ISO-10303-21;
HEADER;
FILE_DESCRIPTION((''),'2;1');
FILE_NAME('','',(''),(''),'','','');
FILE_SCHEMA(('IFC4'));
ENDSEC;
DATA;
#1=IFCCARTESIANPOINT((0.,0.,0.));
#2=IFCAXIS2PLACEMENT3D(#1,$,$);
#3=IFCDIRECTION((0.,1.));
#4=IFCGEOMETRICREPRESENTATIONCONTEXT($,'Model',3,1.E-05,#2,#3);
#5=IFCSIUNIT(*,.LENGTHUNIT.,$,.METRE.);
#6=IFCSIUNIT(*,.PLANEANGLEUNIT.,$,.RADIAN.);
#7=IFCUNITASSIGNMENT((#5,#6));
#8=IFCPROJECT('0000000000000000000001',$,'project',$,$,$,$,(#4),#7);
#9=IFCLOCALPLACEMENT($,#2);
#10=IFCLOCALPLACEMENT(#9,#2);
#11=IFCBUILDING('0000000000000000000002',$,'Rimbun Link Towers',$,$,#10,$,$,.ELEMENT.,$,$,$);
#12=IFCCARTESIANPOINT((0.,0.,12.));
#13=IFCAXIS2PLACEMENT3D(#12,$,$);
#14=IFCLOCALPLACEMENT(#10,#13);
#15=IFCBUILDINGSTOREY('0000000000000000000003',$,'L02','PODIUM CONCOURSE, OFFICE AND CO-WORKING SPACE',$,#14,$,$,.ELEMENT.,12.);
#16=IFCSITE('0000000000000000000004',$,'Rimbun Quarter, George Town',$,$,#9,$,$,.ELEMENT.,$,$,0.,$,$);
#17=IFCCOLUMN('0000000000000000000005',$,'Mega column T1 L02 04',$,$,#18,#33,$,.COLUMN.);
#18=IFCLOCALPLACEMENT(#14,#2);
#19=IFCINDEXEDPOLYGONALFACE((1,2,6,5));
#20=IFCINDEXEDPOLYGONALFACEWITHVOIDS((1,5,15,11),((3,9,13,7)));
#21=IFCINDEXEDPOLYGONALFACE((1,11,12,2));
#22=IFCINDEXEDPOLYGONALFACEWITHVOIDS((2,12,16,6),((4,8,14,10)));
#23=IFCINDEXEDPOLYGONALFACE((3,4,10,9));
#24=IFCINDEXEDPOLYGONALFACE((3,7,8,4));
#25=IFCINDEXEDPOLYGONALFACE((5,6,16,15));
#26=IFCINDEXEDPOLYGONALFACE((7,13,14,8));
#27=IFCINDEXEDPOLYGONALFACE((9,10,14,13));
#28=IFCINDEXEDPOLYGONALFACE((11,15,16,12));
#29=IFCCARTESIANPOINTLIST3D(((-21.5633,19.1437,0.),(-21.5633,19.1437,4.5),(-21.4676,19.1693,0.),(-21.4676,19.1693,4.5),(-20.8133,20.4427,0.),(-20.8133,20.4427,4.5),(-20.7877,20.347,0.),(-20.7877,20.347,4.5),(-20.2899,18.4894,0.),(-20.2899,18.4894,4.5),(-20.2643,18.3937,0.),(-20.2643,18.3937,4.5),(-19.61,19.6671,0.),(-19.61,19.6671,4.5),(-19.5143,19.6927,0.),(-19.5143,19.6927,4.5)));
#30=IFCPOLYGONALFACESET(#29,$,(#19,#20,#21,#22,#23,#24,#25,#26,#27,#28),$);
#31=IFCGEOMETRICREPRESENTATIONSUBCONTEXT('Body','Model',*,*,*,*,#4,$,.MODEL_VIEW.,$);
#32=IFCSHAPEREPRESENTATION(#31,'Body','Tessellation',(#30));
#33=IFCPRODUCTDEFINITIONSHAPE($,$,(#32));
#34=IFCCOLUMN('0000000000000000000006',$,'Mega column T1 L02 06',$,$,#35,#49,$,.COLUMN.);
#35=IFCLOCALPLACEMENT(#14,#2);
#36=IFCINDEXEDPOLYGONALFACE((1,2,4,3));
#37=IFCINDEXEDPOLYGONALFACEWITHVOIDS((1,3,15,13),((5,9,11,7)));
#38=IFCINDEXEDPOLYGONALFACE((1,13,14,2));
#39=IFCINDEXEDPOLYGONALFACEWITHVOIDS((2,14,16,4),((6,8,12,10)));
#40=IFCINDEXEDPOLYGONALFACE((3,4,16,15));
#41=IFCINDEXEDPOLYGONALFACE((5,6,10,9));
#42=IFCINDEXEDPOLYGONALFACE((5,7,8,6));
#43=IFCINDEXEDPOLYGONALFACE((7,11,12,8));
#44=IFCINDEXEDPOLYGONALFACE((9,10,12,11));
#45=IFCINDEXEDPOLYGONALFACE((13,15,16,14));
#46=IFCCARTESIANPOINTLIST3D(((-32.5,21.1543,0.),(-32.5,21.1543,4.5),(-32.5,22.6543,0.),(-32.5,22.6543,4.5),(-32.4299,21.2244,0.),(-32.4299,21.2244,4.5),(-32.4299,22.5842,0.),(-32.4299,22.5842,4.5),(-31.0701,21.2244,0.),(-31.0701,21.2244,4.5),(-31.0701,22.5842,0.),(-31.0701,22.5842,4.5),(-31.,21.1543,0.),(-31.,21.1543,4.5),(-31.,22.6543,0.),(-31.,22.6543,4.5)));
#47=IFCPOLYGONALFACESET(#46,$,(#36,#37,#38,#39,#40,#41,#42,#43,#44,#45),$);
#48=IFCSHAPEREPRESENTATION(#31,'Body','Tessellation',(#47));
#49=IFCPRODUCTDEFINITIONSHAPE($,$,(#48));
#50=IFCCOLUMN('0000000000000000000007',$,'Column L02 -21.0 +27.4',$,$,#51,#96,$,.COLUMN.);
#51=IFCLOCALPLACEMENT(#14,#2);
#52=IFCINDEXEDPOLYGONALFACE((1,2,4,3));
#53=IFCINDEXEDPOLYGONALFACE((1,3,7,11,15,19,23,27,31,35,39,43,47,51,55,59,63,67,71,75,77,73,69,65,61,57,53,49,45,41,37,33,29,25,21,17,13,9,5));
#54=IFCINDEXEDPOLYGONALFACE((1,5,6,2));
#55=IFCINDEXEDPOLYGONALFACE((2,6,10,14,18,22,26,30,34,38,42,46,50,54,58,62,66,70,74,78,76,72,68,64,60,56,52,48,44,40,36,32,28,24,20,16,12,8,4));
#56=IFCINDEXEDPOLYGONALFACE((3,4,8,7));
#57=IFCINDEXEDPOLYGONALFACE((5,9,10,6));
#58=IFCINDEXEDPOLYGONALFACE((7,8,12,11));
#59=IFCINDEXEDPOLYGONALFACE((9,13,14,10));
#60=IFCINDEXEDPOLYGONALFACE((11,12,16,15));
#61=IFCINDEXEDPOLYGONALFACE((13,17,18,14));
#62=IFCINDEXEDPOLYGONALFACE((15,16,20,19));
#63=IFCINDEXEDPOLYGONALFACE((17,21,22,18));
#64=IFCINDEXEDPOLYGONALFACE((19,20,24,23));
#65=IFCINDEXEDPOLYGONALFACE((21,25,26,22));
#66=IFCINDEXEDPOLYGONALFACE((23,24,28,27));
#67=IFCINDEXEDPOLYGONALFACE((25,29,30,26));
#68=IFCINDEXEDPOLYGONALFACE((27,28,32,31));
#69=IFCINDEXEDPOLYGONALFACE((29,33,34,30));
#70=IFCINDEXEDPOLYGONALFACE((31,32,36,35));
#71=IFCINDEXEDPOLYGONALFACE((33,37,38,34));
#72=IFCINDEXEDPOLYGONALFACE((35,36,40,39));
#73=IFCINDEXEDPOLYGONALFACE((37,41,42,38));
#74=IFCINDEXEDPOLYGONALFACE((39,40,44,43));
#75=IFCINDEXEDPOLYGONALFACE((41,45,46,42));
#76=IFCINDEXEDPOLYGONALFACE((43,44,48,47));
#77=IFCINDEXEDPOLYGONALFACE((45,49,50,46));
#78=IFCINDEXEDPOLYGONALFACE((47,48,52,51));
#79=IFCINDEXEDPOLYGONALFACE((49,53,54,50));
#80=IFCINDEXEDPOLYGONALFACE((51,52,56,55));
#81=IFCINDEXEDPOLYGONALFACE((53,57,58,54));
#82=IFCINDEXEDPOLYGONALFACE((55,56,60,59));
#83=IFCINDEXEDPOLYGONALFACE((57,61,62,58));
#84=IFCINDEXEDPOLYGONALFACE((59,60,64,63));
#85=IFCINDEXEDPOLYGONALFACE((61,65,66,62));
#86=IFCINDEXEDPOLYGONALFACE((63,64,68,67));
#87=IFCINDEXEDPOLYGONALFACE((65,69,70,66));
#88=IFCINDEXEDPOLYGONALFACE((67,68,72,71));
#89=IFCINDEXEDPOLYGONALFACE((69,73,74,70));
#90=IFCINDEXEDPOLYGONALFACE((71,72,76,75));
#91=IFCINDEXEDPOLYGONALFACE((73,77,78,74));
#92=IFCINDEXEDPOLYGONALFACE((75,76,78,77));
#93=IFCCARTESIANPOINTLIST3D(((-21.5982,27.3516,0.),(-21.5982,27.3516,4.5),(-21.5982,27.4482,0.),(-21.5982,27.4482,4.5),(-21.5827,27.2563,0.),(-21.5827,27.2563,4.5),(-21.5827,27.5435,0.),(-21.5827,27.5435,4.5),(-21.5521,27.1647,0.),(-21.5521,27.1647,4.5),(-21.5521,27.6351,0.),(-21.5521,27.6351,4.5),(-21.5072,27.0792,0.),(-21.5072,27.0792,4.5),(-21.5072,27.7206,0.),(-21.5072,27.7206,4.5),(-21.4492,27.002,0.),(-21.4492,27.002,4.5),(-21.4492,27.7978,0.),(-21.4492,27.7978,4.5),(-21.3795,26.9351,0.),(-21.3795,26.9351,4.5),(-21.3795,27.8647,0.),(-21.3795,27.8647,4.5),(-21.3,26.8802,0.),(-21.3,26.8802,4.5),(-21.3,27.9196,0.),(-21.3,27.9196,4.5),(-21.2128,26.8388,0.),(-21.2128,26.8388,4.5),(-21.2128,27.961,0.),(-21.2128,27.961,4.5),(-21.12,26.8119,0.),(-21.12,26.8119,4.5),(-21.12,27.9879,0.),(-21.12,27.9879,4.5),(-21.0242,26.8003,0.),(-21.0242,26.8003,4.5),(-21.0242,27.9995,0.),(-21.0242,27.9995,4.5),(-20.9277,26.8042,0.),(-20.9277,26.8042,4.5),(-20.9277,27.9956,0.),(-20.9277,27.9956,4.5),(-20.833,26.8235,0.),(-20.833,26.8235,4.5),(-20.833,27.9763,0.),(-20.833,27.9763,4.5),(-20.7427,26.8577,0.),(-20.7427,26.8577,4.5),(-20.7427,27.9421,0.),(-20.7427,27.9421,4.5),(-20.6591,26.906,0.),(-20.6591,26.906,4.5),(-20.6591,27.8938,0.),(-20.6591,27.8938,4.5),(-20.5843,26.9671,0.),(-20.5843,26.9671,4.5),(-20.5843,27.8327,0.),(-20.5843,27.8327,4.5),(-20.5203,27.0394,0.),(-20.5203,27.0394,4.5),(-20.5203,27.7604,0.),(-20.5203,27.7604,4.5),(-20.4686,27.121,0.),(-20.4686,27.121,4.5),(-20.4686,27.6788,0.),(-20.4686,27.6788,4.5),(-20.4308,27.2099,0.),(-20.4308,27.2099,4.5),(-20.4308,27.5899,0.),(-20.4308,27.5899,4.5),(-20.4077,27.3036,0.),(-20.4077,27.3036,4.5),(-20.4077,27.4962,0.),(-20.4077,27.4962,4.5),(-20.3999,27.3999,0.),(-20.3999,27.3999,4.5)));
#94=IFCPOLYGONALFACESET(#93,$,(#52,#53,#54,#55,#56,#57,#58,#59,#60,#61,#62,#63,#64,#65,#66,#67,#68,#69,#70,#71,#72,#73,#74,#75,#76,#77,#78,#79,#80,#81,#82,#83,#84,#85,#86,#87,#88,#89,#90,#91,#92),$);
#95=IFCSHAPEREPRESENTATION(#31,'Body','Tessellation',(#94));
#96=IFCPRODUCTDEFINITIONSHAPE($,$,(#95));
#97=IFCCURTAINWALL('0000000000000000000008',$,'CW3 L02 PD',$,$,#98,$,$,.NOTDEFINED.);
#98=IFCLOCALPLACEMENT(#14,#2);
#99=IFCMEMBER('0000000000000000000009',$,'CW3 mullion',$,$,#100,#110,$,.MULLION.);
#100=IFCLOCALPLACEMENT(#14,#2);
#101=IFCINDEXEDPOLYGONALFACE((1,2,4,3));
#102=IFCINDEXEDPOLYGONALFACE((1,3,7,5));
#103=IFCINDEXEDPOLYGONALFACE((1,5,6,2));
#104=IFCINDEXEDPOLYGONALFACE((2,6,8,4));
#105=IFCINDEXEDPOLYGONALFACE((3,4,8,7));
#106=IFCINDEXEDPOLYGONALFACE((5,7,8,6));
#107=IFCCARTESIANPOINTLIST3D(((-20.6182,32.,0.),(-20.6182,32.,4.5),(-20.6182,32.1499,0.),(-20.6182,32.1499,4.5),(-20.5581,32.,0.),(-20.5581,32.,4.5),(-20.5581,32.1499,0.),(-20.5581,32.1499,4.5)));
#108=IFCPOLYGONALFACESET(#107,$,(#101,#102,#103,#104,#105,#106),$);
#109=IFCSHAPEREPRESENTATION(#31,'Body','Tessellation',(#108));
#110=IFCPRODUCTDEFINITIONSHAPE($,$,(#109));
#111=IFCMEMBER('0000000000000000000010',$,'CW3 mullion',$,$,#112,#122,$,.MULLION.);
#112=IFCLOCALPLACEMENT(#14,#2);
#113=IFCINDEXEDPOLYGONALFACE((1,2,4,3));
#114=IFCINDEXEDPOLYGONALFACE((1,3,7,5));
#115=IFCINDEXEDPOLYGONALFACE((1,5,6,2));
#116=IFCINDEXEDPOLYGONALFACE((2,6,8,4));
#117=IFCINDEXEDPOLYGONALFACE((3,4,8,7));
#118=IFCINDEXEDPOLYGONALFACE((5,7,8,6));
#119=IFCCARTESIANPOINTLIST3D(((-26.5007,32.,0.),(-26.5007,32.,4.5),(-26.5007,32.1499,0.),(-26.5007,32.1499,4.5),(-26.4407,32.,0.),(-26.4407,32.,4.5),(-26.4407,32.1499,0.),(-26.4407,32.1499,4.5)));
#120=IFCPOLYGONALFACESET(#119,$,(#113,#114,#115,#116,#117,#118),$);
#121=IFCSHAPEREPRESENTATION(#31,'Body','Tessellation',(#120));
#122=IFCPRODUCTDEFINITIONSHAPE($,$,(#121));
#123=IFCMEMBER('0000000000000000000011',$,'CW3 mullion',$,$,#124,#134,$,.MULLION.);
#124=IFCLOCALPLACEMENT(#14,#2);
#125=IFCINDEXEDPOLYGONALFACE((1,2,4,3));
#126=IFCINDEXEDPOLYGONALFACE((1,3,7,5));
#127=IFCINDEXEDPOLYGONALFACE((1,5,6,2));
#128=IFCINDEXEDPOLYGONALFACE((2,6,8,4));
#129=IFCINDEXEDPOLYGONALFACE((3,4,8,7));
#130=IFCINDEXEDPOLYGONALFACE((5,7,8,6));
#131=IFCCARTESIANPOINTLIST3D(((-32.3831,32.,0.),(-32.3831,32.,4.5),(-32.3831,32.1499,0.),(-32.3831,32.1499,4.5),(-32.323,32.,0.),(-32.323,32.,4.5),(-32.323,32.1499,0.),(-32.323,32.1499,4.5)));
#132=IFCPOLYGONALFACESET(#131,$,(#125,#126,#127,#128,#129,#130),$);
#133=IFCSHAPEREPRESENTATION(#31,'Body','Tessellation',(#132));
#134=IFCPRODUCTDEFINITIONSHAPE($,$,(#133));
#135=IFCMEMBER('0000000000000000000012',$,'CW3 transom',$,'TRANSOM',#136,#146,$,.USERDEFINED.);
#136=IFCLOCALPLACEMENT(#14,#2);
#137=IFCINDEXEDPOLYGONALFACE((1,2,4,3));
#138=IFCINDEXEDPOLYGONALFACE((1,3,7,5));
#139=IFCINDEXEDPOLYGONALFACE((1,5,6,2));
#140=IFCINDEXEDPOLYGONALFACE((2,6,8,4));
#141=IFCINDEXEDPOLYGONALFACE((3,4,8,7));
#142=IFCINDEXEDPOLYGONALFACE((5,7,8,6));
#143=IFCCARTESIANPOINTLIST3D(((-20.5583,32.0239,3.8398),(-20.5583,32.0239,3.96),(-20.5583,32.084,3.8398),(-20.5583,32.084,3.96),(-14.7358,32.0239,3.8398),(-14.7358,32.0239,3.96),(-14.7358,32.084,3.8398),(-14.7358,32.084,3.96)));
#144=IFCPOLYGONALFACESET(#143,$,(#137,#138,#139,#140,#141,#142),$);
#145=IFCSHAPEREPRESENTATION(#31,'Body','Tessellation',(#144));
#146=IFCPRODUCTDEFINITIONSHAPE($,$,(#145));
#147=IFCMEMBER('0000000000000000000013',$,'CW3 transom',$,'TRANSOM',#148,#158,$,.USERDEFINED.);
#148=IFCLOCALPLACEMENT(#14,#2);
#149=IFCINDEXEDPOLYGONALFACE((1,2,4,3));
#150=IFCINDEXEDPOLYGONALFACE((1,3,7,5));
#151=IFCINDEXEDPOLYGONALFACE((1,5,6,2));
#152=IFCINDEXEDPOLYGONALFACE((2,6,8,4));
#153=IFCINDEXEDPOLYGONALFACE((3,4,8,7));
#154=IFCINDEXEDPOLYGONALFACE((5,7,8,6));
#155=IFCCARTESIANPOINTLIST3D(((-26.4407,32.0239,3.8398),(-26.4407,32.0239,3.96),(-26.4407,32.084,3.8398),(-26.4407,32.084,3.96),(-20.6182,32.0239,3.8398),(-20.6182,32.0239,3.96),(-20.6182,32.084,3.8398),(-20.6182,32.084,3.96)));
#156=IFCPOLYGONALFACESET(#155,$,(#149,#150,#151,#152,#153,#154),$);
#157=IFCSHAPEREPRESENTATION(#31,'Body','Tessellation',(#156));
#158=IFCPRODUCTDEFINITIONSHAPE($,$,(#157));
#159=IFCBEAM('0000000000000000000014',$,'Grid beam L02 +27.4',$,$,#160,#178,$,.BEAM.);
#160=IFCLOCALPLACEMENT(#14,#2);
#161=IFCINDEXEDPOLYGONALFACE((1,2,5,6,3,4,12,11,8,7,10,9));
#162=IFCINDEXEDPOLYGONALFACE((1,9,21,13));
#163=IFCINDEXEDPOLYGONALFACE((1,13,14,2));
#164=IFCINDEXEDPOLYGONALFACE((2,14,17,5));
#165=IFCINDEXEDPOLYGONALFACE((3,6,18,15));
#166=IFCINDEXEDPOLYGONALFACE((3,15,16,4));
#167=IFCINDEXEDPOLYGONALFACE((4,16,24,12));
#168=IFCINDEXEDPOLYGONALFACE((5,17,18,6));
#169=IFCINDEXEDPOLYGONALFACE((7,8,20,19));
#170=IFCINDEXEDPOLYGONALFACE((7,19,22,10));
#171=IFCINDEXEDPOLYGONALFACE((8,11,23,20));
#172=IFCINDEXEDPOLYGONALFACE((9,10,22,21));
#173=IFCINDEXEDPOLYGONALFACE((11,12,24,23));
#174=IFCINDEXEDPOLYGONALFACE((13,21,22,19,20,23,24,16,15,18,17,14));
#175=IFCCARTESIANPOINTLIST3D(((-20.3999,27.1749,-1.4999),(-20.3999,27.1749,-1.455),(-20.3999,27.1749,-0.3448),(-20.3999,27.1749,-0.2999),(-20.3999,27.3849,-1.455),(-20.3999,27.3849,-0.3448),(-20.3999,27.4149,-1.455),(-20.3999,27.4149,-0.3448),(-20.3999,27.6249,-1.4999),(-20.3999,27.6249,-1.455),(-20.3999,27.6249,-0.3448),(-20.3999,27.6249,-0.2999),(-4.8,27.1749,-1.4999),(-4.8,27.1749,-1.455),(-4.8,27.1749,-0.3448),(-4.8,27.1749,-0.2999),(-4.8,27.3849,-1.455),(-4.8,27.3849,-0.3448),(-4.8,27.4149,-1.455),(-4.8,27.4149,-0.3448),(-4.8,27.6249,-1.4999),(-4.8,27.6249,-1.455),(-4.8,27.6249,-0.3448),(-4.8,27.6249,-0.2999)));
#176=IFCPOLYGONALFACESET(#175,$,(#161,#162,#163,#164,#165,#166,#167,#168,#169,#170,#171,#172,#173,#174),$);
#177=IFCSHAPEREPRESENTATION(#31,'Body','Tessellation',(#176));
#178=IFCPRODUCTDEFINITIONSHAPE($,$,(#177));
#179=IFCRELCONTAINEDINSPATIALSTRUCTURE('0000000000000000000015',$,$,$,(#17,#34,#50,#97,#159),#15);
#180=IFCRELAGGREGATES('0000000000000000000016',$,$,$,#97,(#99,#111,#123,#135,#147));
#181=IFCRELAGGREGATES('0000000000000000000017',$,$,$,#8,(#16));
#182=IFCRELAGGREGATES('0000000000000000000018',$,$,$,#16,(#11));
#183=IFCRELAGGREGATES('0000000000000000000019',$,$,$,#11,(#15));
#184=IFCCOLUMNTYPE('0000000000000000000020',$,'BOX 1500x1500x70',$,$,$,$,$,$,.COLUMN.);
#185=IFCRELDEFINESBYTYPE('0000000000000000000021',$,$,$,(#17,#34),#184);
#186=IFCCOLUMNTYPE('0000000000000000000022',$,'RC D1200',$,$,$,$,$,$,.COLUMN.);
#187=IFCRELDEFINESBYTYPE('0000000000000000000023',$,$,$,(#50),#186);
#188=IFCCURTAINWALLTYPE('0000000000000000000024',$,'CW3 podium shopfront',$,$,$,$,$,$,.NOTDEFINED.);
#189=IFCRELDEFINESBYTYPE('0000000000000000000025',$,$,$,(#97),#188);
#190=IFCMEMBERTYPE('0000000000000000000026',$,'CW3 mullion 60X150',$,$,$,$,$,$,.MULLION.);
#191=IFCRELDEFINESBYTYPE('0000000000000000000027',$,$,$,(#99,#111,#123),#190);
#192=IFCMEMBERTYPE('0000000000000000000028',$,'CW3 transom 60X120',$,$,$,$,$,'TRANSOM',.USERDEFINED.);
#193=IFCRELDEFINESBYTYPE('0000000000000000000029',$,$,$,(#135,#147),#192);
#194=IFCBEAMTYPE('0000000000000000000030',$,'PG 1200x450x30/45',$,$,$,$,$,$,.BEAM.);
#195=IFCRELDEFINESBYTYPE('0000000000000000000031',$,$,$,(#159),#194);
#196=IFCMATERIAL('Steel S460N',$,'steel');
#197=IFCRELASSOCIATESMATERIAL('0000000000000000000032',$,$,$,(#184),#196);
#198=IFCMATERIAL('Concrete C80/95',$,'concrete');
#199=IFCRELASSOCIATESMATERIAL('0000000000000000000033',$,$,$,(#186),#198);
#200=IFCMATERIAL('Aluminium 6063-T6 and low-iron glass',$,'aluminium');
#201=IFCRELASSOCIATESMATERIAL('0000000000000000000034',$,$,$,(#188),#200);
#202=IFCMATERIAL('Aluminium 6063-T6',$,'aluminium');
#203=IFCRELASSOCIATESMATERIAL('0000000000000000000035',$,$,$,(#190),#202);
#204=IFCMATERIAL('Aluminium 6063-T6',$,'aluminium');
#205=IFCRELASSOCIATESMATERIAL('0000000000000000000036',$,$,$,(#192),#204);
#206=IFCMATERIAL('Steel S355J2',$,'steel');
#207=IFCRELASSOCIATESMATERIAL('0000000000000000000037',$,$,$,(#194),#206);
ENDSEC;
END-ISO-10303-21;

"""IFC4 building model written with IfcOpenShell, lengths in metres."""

from ifc_helpers import new_model, si_unit, direction, frame, origin, origin_2d, place, context, subcontext, project, spatial, rectangle, hollow_rectangle, circle, i_section, extrude, material, material_profile, profile_set, type_object, element, aggregate, save


model = new_model("IFC4")

# Units and contexts
model_context = context("Model", 3, precision=1e-05, world=origin(), true_north=direction((0.0, 1.0)))
body_context = subcontext(model_context, "Body", "Model", "MODEL_VIEW")
ifc_project = project(units=[si_unit("LENGTHUNIT", "METRE"), si_unit("PLANEANGLEUNIT", "RADIAN")], contexts=[model_context])

# Site, building, storey
site_placement = place(None, origin())
site = spatial("IfcSite", under=ifc_project, at=site_placement, Name="Rimbun Quarter, George Town", CompositionType="ELEMENT", RefElevation=0.0)
building_placement = place(site_placement, origin())
building = spatial("IfcBuilding", under=site, at=building_placement, Name="Rimbun Link Towers", CompositionType="ELEMENT")
storey_placement = place(building_placement, frame((0.0, 0.0, 12.0)))
storey = spatial("IfcBuildingStorey", under=building, at=storey_placement, Name="L02", Description="PODIUM CONCOURSE, OFFICE AND CO-WORKING SPACE", CompositionType="ELEMENT", Elevation=12.0)

# Columns
ifc_material_1 = material(Name="Steel S460N", Category="steel")
ifc_material_profile_1 = material_profile(ifc_material_1, hollow_rectangle(XDim=1.5, YDim=1.5, WallThickness=0.0701, at=origin_2d()), Name="BOX 1500x1500x70")
ifc_profile_set_1 = profile_set([ifc_material_profile_1], Name="Steel S460N")
column_type_1 = type_object("IfcColumnType", Name="BOX 1500x1500x70", PredefinedType="COLUMN", material=ifc_profile_set_1)
for number, where, z_axis, x_axis, name in (
    (1, (-20.5388, 19.4182, 0.0), (0.0, 0.0, 1.0), (0.5, 0.866025, 0.0), "Mega column T1 L02 04"),
    (2, (-31.75, 21.9043, 0.0), (0.0, 0.0, 1.0), (0.0, 1.0, 0.0), "Mega column T1 L02 06"),
):
    element("IfcColumn", number, at=place(storey_placement, frame(where, z_axis=z_axis, x_axis=x_axis)), inside=storey, type_object=column_type_1, Name=name, PredefinedType="COLUMN", context=body_context, shape_type="SweptSolid", body=[
        extrude(hollow_rectangle(XDim=1.5, YDim=1.5, WallThickness=0.0701, at=origin_2d()), origin(), (0.0, 0.0, 1.0), 4.5),
    ])
ifc_material_2 = material(Name="Concrete C80/95", Category="concrete")
ifc_material_profile_2 = material_profile(ifc_material_2, circle(Radius=0.6001, at=origin_2d()), Name="RC D1200")
ifc_profile_set_2 = profile_set([ifc_material_profile_2], Name="Concrete C80/95")
column_type_2 = type_object("IfcColumnType", Name="RC D1200", PredefinedType="COLUMN", material=ifc_profile_set_2)
column_placement = place(storey_placement, frame((-21.0, 27.3999, 0.0), z_axis=(0.0, 0.0, 1.0), x_axis=(1.0, 0.0, 0.0)))
element("IfcColumn", 3, at=column_placement, inside=storey, type_object=column_type_2, Name="Column L02 -21.0 +27.4", PredefinedType="COLUMN", context=body_context, shape_type="SweptSolid", body=[
    extrude(circle(Radius=0.6001, at=origin_2d()), origin(), (0.0, 0.0, 1.0), 4.5),
])

# Curtain wall, members
ifc_material_3 = material(Name="Aluminium 6063-T6 and low-iron glass", Category="aluminium")
curtain_wall_type = type_object("IfcCurtainWallType", Name="CW3 podium shopfront", PredefinedType="NOTDEFINED", material=ifc_material_3)
curtain_wall_placement = place(storey_placement, origin())
curtain_wall = element("IfcCurtainWall", 4, at=curtain_wall_placement, inside=storey, type_object=curtain_wall_type, Name="CW3 L02 PD", PredefinedType="NOTDEFINED")
ifc_material_4 = material(Name="Aluminium 6063-T6", Category="aluminium")
ifc_material_profile_3 = material_profile(ifc_material_4, rectangle(XDim=0.1499, YDim=0.0601, at=origin_2d()), Name="MULLION 60X150")
ifc_profile_set_3 = profile_set([ifc_material_profile_3], Name="Aluminium 6063-T6")
member_type_1 = type_object("IfcMemberType", Name="CW3 mullion 60X150", PredefinedType="MULLION", material=ifc_profile_set_3)
member_1_placement = place(storey_placement, frame((-20.5881, 32.075, 0.0), z_axis=(0.0, 0.0, 1.0), x_axis=(0.0, 1.0, 0.0)))
member_1 = element("IfcMember", 5, at=member_1_placement, type_object=member_type_1, Name="CW3 mullion", PredefinedType="MULLION", context=body_context, shape_type="SweptSolid", body=[
    extrude(rectangle(XDim=0.1499, YDim=0.0601, at=origin_2d()), origin(), (0.0, 0.0, 1.0), 4.5),
])
member_2_placement = place(storey_placement, frame((-26.4707, 32.075, 0.0), z_axis=(0.0, 0.0, 1.0), x_axis=(0.0, 1.0, 0.0)))
member_2 = element("IfcMember", 6, at=member_2_placement, type_object=member_type_1, Name="CW3 mullion", PredefinedType="MULLION", context=body_context, shape_type="SweptSolid", body=[
    extrude(rectangle(XDim=0.1499, YDim=0.0601, at=origin_2d()), origin(), (0.0, 0.0, 1.0), 4.5),
])
member_3_placement = place(storey_placement, frame((-32.353, 32.075, 0.0), z_axis=(0.0, 0.0, 1.0), x_axis=(0.0, 1.0, 0.0)))
member_3 = element("IfcMember", 7, at=member_3_placement, type_object=member_type_1, Name="CW3 mullion", PredefinedType="MULLION", context=body_context, shape_type="SweptSolid", body=[
    extrude(rectangle(XDim=0.1499, YDim=0.0601, at=origin_2d()), origin(), (0.0, 0.0, 1.0), 4.5),
])
ifc_material_5 = material(Name="Aluminium 6063-T6", Category="aluminium")
ifc_material_profile_4 = material_profile(ifc_material_5, rectangle(XDim=0.0601, YDim=0.1201, at=origin_2d()), Name="TRANSOM 60X120")
ifc_profile_set_4 = profile_set([ifc_material_profile_4], Name="Aluminium 6063-T6")
member_type_2 = type_object("IfcMemberType", Name="CW3 transom 60X120", ElementType="TRANSOM", PredefinedType="USERDEFINED", material=ifc_profile_set_4)
member_4_placement = place(storey_placement, frame((-20.5583, 32.054, 3.8999), z_axis=(1.0, 0.0, 0.0), x_axis=(0.0, 1.0, 0.0)))
member_4 = element("IfcMember", 8, at=member_4_placement, type_object=member_type_2, Name="CW3 transom", ObjectType="TRANSOM", PredefinedType="USERDEFINED", context=body_context, shape_type="SweptSolid", body=[
    extrude(rectangle(XDim=0.0601, YDim=0.1201, at=origin_2d()), origin(), (0.0, 0.0, 1.0), 5.8225),
])
member_5_placement = place(storey_placement, frame((-26.4407, 32.054, 3.8999), z_axis=(1.0, 0.0, 0.0), x_axis=(0.0, 1.0, 0.0)))
member_5 = element("IfcMember", 9, at=member_5_placement, type_object=member_type_2, Name="CW3 transom", ObjectType="TRANSOM", PredefinedType="USERDEFINED", context=body_context, shape_type="SweptSolid", body=[
    extrude(rectangle(XDim=0.0601, YDim=0.1201, at=origin_2d()), origin(), (0.0, 0.0, 1.0), 5.8225),
])

# Beam
ifc_material_6 = material(Name="Steel S355J2", Category="steel")
ifc_material_profile_5 = material_profile(ifc_material_6, i_section(OverallWidth=0.45, OverallDepth=1.2, WebThickness=0.03, FlangeThickness=0.0449, at=origin_2d()), Name="PG 1200x450x30/45")
ifc_profile_set_5 = profile_set([ifc_material_profile_5], Name="Steel S355J2")
beam_type_1 = type_object("IfcBeamType", Name="PG 1200x450x30/45", PredefinedType="BEAM", material=ifc_profile_set_5)
beam_1_placement = place(storey_placement, frame((-20.3999, 27.3999, -0.8999), z_axis=(1.0, 0.0, 0.0), x_axis=(0.0, 1.0, 0.0)))
element("IfcBeam", 10, at=beam_1_placement, inside=storey, type_object=beam_type_1, Name="Grid beam L02 +27.4", PredefinedType="BEAM", context=body_context, shape_type="SweptSolid", body=[
    extrude(i_section(OverallWidth=0.45, OverallDepth=1.2, WebThickness=0.03, FlangeThickness=0.0449, at=origin_2d()), origin(), (0.0, 0.0, 1.0), 15.5999),
])

aggregate(curtain_wall, [member_1, member_2, member_3, member_4, member_5])

save(model, "model.ifc")
